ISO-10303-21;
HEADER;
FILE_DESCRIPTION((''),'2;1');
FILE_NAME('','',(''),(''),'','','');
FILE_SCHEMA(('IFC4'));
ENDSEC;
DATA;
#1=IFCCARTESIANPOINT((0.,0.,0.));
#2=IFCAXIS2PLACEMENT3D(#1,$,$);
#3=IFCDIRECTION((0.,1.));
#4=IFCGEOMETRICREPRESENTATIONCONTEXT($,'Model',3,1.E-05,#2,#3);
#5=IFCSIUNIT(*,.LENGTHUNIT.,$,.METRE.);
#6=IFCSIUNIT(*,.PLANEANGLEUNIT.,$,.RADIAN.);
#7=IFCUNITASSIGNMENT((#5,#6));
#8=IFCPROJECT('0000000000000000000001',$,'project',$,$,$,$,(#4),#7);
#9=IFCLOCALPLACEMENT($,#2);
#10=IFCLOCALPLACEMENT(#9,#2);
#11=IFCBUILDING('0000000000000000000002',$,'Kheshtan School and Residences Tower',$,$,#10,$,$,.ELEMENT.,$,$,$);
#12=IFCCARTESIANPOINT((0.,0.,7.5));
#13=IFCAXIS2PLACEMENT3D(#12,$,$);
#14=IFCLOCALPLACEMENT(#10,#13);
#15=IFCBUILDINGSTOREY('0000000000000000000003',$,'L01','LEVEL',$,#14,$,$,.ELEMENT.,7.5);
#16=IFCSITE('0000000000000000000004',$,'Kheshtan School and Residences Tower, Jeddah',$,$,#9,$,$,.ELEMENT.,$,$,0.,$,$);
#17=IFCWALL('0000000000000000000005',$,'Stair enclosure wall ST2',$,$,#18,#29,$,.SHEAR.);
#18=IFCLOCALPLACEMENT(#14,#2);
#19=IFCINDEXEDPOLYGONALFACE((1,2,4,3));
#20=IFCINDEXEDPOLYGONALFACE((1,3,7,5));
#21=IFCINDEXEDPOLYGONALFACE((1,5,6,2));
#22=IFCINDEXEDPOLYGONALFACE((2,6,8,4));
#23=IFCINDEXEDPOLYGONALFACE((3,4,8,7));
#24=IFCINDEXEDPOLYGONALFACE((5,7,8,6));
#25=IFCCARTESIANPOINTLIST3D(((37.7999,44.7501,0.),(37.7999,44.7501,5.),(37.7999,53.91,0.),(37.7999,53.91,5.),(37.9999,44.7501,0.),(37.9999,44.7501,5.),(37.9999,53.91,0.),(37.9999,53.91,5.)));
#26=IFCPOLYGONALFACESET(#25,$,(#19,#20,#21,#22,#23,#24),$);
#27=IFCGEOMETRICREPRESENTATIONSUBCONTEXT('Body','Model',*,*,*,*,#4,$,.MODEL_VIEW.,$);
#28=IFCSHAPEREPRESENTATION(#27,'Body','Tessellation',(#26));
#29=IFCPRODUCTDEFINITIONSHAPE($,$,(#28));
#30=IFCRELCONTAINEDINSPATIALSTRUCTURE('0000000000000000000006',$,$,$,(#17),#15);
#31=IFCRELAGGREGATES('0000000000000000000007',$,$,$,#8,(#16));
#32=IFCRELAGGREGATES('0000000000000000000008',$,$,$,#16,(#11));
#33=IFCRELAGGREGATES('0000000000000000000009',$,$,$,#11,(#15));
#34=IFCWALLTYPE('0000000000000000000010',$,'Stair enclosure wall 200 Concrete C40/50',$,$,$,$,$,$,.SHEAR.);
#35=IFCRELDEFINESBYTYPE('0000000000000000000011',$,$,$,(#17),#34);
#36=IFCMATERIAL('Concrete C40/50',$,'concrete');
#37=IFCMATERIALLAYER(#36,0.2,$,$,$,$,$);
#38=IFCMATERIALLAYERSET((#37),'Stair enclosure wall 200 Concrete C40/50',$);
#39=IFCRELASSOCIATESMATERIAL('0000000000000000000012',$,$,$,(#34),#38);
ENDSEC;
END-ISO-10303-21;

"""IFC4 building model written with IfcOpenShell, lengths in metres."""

from ifc_helpers import new_model, si_unit, direction, frame, frame_2d, origin, place, context, subcontext, project, spatial, rectangle, extrude, material, layer, layer_set, type_object, element, save


model = new_model("IFC4")

# Units and contexts
model_context = context("Model", 3, precision=1e-05, world=origin(), true_north=direction((0.0, 1.0)))
body_context = subcontext(model_context, "Body", "Model", "MODEL_VIEW")
ifc_project = project(units=[si_unit("LENGTHUNIT", "METRE"), si_unit("PLANEANGLEUNIT", "RADIAN")], contexts=[model_context])

# Site, building, storey
site_placement = place(None, origin())
site = spatial("IfcSite", under=ifc_project, at=site_placement, Name="Kheshtan School and Residences Tower, Jeddah", CompositionType="ELEMENT", RefElevation=0.0)
building_placement = place(site_placement, origin())
building = spatial("IfcBuilding", under=site, at=building_placement, Name="Kheshtan School and Residences Tower", CompositionType="ELEMENT")
storey_placement = place(building_placement, frame((0.0, 0.0, 7.5)))
storey = spatial("IfcBuildingStorey", under=building, at=storey_placement, Name="L01", Description="LEVEL", CompositionType="ELEMENT", Elevation=7.5)

# Wall
ifc_material_1 = material(Name="Concrete C40/50", Category="concrete")
ifc_layer_1 = layer(ifc_material_1, 0.2)
ifc_layer_set_1 = layer_set([ifc_layer_1], Name="Stair enclosure wall 200 Concrete C40/50")
wall_type_1 = type_object("IfcWallType", Name="Stair enclosure wall 200 Concrete C40/50", PredefinedType="SHEAR", material=ifc_layer_set_1)
wall_1_placement = place(storey_placement, frame((37.8999, 44.75, 0.0), z_axis=(0.0, 0.0, 1.0), x_axis=(0.0, 1.0, 0.0)))
element("IfcWall", 1, at=wall_1_placement, inside=storey, type_object=wall_type_1, Name="Stair enclosure wall ST2", PredefinedType="SHEAR", context=body_context, shape_type="SweptSolid", body=[
    extrude(rectangle(XDim=9.1599, YDim=0.2, at=frame_2d((4.5801, 0.0))), origin(), (0.0, 0.0, 1.0), 5.0),
])

save(model, "model.ifc")
